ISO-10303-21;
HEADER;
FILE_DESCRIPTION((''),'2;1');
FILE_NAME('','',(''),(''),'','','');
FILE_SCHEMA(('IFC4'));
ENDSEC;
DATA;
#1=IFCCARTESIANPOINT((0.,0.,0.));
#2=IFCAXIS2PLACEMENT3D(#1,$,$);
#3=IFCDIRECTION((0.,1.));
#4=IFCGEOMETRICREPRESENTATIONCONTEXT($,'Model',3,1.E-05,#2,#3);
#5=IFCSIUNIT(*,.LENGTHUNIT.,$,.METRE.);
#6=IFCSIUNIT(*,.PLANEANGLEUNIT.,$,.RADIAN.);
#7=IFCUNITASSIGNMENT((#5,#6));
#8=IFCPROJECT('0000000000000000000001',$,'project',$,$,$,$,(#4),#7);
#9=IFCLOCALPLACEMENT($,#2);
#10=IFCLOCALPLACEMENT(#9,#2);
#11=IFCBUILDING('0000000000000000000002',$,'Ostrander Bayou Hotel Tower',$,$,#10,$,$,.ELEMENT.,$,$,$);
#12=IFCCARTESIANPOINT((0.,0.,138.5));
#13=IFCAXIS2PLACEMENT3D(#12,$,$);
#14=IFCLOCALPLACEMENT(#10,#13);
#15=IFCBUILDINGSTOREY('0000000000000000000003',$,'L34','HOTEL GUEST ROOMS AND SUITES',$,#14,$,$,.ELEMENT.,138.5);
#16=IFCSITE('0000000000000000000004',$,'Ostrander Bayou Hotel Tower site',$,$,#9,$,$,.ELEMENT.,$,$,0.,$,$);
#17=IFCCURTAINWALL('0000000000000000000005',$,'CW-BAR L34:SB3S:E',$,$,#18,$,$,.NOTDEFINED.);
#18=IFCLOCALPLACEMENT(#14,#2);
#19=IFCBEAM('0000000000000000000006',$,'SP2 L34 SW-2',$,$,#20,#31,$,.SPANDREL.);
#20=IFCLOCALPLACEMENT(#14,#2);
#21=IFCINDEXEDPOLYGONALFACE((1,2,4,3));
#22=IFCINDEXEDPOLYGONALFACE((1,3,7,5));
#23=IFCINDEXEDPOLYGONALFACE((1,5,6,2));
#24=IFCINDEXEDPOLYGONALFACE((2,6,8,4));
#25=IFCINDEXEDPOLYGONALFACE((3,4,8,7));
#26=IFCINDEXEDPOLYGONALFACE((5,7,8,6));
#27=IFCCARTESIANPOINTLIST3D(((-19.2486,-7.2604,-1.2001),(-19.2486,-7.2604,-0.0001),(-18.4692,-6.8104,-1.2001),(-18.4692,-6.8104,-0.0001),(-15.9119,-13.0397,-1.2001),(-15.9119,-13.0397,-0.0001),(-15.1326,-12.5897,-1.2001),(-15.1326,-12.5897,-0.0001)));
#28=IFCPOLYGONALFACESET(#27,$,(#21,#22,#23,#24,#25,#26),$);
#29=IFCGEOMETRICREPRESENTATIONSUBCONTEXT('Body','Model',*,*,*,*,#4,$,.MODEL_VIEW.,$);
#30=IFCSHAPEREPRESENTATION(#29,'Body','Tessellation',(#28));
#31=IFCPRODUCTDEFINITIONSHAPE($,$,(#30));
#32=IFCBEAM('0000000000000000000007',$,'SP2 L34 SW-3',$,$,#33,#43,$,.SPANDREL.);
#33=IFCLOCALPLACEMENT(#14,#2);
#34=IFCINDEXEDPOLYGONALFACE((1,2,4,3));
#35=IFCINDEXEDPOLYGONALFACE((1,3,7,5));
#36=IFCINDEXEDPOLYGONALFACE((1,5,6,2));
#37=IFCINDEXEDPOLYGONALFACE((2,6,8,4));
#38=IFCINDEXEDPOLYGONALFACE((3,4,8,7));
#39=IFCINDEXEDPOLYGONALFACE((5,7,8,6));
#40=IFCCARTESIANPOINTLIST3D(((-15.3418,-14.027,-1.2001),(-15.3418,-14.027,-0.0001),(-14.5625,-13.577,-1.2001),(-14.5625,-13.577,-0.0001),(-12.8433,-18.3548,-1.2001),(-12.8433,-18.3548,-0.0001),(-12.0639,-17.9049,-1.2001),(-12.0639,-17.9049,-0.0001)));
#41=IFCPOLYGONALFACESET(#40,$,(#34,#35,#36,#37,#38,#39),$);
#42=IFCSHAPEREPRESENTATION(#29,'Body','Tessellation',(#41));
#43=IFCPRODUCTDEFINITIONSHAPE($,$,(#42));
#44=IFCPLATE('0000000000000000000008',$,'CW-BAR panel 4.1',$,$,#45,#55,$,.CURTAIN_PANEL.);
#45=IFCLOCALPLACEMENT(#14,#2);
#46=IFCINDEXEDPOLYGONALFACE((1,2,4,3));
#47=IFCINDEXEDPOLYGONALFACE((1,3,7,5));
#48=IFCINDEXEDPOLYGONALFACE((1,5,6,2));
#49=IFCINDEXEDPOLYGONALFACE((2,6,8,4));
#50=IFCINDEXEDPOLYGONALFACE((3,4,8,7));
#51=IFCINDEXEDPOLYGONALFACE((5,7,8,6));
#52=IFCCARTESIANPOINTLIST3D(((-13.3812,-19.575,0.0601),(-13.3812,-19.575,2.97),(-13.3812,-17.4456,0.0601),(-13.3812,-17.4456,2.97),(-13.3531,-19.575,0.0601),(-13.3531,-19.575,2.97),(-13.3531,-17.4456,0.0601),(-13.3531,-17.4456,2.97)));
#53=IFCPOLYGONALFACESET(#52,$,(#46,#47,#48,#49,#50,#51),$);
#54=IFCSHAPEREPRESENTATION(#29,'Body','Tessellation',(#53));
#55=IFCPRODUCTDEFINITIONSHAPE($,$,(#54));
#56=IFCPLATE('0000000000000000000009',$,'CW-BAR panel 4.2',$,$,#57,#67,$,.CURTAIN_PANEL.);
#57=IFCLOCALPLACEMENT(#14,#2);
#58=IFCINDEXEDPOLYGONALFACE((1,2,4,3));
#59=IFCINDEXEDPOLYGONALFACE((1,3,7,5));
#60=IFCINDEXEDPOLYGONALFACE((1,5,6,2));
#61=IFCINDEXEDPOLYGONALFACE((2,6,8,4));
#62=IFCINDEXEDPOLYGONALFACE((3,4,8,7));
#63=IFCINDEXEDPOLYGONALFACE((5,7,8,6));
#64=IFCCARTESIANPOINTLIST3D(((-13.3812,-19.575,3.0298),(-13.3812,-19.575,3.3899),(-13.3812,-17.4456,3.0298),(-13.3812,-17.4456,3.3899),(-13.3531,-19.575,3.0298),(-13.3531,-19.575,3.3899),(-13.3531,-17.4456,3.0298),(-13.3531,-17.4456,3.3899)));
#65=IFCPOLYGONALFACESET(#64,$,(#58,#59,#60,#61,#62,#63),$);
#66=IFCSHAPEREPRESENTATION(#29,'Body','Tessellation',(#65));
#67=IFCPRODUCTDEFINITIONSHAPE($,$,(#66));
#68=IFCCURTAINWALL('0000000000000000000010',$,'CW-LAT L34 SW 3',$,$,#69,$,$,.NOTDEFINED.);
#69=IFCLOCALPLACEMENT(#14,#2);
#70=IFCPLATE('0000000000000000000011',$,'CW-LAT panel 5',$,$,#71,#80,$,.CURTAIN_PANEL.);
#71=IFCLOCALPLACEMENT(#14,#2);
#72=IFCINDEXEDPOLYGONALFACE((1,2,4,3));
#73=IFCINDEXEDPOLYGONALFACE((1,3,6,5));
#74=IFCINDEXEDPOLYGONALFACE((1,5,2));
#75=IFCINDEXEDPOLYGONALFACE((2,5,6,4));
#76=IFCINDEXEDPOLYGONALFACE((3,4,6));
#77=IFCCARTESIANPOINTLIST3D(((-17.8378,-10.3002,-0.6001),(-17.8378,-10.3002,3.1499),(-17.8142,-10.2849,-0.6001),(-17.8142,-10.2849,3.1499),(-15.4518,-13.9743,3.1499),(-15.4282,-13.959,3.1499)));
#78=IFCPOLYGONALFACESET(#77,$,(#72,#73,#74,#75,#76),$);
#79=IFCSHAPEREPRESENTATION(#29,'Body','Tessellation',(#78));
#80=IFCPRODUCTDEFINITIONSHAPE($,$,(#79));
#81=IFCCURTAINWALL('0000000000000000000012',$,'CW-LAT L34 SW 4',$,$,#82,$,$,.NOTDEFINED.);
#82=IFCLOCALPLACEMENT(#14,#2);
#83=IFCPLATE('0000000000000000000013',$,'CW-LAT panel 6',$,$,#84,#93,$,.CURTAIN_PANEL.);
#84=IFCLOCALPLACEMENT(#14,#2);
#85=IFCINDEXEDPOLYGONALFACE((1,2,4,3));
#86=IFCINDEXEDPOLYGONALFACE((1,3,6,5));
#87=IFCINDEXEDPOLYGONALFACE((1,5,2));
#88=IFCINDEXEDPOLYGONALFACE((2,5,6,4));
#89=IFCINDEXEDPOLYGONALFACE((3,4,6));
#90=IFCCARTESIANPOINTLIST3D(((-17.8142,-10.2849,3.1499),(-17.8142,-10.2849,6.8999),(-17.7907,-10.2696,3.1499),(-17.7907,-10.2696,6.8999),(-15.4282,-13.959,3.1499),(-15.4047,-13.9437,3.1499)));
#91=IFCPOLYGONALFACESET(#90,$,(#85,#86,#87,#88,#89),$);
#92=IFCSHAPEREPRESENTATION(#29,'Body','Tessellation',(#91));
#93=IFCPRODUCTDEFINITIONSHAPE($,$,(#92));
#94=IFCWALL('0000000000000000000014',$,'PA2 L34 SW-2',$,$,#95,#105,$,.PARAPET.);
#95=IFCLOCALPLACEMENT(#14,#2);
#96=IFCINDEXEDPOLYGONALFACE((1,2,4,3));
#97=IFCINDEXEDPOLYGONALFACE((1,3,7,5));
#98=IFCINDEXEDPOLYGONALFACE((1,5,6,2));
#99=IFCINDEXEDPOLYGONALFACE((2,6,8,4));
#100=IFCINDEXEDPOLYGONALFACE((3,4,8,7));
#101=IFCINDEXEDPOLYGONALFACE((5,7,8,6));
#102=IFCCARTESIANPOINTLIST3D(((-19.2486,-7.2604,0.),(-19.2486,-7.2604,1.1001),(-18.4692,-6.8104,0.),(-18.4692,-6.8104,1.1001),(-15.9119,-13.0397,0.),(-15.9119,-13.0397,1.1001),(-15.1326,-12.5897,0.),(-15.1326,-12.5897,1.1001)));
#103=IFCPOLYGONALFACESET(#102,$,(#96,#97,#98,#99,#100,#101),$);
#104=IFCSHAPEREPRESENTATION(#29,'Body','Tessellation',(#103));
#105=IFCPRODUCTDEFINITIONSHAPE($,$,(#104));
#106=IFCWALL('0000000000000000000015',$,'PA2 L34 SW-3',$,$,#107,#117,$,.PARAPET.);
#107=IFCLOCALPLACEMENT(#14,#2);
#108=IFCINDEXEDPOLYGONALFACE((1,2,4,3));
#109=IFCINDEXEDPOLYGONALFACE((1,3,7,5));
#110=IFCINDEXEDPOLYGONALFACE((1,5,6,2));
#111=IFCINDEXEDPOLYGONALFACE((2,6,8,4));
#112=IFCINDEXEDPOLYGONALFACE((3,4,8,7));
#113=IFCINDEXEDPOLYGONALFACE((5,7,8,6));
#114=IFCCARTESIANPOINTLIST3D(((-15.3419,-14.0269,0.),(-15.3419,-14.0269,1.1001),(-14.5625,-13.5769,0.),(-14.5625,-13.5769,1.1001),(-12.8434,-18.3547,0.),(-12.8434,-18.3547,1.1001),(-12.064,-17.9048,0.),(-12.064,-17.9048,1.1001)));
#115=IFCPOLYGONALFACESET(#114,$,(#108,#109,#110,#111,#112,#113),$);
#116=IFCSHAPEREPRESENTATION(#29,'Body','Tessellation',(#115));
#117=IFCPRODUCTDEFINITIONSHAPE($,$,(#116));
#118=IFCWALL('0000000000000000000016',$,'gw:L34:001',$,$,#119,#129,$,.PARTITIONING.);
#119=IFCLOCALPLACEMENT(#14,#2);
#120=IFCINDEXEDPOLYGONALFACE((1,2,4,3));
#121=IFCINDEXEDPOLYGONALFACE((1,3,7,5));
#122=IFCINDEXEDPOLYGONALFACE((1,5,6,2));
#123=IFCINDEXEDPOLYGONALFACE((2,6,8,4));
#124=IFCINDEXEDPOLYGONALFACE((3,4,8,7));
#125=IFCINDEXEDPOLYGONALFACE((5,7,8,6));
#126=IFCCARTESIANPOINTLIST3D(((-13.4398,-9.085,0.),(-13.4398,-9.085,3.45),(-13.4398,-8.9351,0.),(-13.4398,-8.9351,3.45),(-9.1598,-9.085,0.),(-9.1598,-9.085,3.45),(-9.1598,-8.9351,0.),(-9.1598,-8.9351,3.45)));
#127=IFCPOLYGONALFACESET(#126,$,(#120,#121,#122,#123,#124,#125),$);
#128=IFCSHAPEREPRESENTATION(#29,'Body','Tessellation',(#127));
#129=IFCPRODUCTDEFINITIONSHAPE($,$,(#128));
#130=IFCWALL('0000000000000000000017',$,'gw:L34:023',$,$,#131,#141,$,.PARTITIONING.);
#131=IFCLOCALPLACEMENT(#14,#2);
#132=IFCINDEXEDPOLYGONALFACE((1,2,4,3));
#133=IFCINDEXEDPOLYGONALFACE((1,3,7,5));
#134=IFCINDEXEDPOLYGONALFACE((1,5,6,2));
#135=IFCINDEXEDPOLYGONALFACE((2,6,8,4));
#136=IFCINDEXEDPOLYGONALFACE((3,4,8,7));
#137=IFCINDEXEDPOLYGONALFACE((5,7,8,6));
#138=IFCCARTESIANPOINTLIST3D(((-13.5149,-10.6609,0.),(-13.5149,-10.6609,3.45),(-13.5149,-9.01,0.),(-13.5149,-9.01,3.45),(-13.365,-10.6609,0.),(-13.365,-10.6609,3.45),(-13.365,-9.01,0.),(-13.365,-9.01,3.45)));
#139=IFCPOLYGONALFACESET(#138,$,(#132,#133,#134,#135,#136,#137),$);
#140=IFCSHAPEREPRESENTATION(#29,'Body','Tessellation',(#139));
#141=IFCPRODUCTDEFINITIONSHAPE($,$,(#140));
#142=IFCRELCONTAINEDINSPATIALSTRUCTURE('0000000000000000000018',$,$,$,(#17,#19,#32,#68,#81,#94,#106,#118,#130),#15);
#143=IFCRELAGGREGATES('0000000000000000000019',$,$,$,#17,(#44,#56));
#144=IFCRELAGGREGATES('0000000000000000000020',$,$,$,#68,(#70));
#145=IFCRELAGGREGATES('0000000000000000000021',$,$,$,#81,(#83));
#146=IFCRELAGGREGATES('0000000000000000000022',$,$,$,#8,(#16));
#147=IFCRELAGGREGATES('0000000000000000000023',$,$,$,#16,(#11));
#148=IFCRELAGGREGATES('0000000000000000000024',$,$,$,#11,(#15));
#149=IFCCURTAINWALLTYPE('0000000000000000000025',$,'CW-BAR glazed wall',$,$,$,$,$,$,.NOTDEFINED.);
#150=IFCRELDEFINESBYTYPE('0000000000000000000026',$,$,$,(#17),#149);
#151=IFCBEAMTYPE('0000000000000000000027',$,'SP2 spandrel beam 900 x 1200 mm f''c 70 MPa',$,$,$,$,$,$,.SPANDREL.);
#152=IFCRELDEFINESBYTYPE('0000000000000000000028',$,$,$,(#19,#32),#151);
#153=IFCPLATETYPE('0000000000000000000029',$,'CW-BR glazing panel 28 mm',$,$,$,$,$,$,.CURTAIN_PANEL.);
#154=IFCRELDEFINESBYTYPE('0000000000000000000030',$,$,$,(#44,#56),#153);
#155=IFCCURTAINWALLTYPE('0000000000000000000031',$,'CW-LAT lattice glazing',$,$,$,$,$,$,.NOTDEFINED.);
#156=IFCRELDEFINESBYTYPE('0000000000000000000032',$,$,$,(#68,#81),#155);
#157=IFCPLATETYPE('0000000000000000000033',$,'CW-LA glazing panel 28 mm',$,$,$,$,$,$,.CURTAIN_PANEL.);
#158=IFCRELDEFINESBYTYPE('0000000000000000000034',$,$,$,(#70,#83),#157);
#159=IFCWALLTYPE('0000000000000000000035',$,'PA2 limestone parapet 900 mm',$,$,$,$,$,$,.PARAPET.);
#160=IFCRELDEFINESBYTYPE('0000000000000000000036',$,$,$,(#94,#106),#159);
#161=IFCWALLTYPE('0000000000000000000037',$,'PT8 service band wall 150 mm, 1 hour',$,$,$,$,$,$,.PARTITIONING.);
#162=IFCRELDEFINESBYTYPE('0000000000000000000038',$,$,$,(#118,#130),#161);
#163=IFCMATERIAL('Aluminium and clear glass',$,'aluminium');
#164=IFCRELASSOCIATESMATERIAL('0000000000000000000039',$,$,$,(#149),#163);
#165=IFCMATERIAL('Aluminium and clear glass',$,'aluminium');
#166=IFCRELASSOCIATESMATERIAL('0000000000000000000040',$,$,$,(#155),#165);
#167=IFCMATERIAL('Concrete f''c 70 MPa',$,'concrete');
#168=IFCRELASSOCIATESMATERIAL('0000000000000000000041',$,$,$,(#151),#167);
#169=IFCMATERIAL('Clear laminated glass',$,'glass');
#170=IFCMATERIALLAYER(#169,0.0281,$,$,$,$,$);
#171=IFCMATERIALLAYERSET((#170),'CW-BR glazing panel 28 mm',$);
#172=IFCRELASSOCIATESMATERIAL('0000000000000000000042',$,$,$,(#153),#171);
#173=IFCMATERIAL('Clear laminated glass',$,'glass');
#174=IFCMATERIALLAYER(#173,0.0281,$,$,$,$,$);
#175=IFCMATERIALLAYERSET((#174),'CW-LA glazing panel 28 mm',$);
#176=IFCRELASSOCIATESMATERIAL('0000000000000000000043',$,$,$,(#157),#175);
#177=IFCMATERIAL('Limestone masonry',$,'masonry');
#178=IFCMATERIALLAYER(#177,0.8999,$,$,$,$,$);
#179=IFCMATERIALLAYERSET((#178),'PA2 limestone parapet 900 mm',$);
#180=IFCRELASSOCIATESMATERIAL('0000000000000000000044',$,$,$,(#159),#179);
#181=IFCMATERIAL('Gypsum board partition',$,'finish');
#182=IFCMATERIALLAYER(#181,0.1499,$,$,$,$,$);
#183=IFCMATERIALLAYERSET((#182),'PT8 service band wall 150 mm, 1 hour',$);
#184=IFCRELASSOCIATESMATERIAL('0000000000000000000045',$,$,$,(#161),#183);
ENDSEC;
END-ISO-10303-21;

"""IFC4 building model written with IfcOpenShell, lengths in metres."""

from ifc_helpers import new_model, si_unit, direction, frame, frame_2d, origin, origin_2d, place, context, subcontext, project, spatial, polyline, rectangle, outline, extrude, material, layer, layer_set, material_profile, profile_set, type_object, element, aggregate, save


model = new_model("IFC4")

# Units and contexts
model_context = context("Model", 3, precision=1e-05, world=origin(), true_north=direction((0.0, 1.0)))
body_context = subcontext(model_context, "Body", "Model", "MODEL_VIEW")
ifc_project = project(units=[si_unit("LENGTHUNIT", "METRE"), si_unit("PLANEANGLEUNIT", "RADIAN")], contexts=[model_context])

# Site, building, storey
site_placement = place(None, origin())
site = spatial("IfcSite", under=ifc_project, at=site_placement, Name="Ostrander Bayou Hotel Tower site", CompositionType="ELEMENT", RefElevation=0.0)
building_placement = place(site_placement, origin())
building = spatial("IfcBuilding", under=site, at=building_placement, Name="Ostrander Bayou Hotel Tower", CompositionType="ELEMENT")
storey_placement = place(building_placement, frame((0.0, 0.0, 138.5)))
storey = spatial("IfcBuildingStorey", under=building, at=storey_placement, Name="L34", Description="HOTEL GUEST ROOMS AND SUITES", CompositionType="ELEMENT", Elevation=138.5)

# Curtain wall
ifc_material_1 = material(Name="Aluminium and clear glass", Category="aluminium")
curtain_wall_type_1 = type_object("IfcCurtainWallType", Name="CW-BAR glazed wall", PredefinedType="NOTDEFINED", material=ifc_material_1)
curtain_wall_1_placement = place(storey_placement, origin())
curtain_wall_1 = element("IfcCurtainWall", 1, at=curtain_wall_1_placement, inside=storey, type_object=curtain_wall_type_1, Name="CW-BAR L34:SB3S:E", PredefinedType="NOTDEFINED")
ifc_material_2 = material(Name="Aluminium and clear glass", Category="aluminium")
curtain_wall_type_2 = type_object("IfcCurtainWallType", Name="CW-LAT lattice glazing", PredefinedType="NOTDEFINED", material=ifc_material_2)

# Beams
ifc_material_3 = material(Name="Concrete f'c 70 MPa", Category="concrete")
ifc_material_profile_1 = material_profile(ifc_material_3, rectangle(XDim=0.8999, YDim=1.2, at=origin_2d()))
ifc_profile_set_1 = profile_set([ifc_material_profile_1], Name="Concrete f'c 70 MPa")
beam_type_1 = type_object("IfcBeamType", Name="SP2 spandrel beam 900 x 1200 mm f'c 70 MPa", PredefinedType="SPANDREL", material=ifc_profile_set_1)
beam_1_placement = place(storey_placement, frame((-18.8589, -7.0354, -0.6001), z_axis=(0.499999, -0.866026, 0.0), x_axis=(0.866026, 0.499999, 0.0)))
element("IfcBeam", 2, at=beam_1_placement, inside=storey, type_object=beam_type_1, Name="SP2 L34 SW-2", PredefinedType="SPANDREL", context=body_context, shape_type="SweptSolid", body=[
    extrude(rectangle(XDim=0.8999, YDim=1.2, at=origin_2d()), origin(), (0.0, 0.0, 1.0), 6.6733),
])
beam_2_placement = place(storey_placement, frame((-14.9521, -13.802, -0.6001), z_axis=(0.499975, -0.86604, 0.0), x_axis=(0.86604, 0.499975, 0.0)))
element("IfcBeam", 3, at=beam_2_placement, inside=storey, type_object=beam_type_1, Name="SP2 L34 SW-3", PredefinedType="SPANDREL", context=body_context, shape_type="SweptSolid", body=[
    extrude(rectangle(XDim=0.8999, YDim=1.2, at=origin_2d()), origin(), (0.0, 0.0, 1.0), 4.9973),
])

# Plates
ifc_material_4 = material(Name="Clear laminated glass", Category="glass")
ifc_layer_1 = layer(ifc_material_4, 0.0281)
ifc_layer_set_1 = layer_set([ifc_layer_1], Name="CW-BR glazing panel 28 mm")
plate_type_1 = type_object("IfcPlateType", Name="CW-BR glazing panel 28 mm", PredefinedType="CURTAIN_PANEL", material=ifc_layer_set_1)
plate_1_placement = place(storey_placement, frame((-13.3672, -18.5103, 0.0601), z_axis=(0.0, 0.0, 1.0), x_axis=(0.0, -1.0, 0.0)))
plate_1 = element("IfcPlate", 4, at=plate_1_placement, type_object=plate_type_1, Name="CW-BAR panel 4.1", PredefinedType="CURTAIN_PANEL", context=body_context, shape_type="SweptSolid", body=[
    extrude(rectangle(XDim=2.1294, YDim=0.0281, at=origin_2d()), origin(), (0.0, 0.0, 1.0), 2.9099),
])
plate_2_placement = place(storey_placement, frame((-13.3672, -18.5103, 3.0298), z_axis=(0.0, 0.0, 1.0), x_axis=(0.0, -1.0, 0.0)))
plate_2 = element("IfcPlate", 5, at=plate_2_placement, type_object=plate_type_1, Name="CW-BAR panel 4.2", PredefinedType="CURTAIN_PANEL", context=body_context, shape_type="SweptSolid", body=[
    extrude(rectangle(XDim=2.1294, YDim=0.0281, at=origin_2d()), origin(), (0.0, 0.0, 1.0), 0.3601),
])
aggregate(curtain_wall_1, [plate_1, plate_2])

# Curtain walls, plates
curtain_wall_2_placement = place(storey_placement, origin())
curtain_wall_2 = element("IfcCurtainWall", 6, at=curtain_wall_2_placement, inside=storey, type_object=curtain_wall_type_2, Name="CW-LAT L34 SW 3", PredefinedType="NOTDEFINED")
ifc_material_5 = material(Name="Clear laminated glass", Category="glass")
ifc_layer_2 = layer(ifc_material_5, 0.0281)
ifc_layer_set_2 = layer_set([ifc_layer_2], Name="CW-LA glazing panel 28 mm")
plate_type_2 = type_object("IfcPlateType", Name="CW-LA glazing panel 28 mm", PredefinedType="CURTAIN_PANEL", material=ifc_layer_set_2)
plate_3_placement = place(storey_placement, frame((-15.4282, -13.959, 3.1499), z_axis=(0.838669, 0.544642, 0.0), x_axis=(-0.413756, 0.637124, -0.650291)))
plate_3 = element("IfcPlate", 7, at=plate_3_placement, type_object=plate_type_2, Name="CW-LAT panel 5", PredefinedType="CURTAIN_PANEL", context=body_context, shape_type="SweptSolid", body=[
    extrude(outline(polyline([(0.0, 0.0), (5.7666, 0.0), (3.3281, 2.8488), (0.0, 0.0)])), origin(), (0.0, 0.0, -1.0), 0.0281),
])
aggregate(curtain_wall_2, [plate_3])
curtain_wall_3_placement = place(storey_placement, origin())
curtain_wall_3 = element("IfcCurtainWall", 8, at=curtain_wall_3_placement, inside=storey, type_object=curtain_wall_type_2, Name="CW-LAT L34 SW 4", PredefinedType="NOTDEFINED")
plate_4_placement = place(storey_placement, frame((-15.4282, -13.959, 3.1499), z_axis=(-0.838669, -0.544642, 0.0), x_axis=(-0.413756, 0.637124, 0.650291)))
plate_4 = element("IfcPlate", 9, at=plate_4_placement, type_object=plate_type_2, Name="CW-LAT panel 6", PredefinedType="CURTAIN_PANEL", context=body_context, shape_type="SweptSolid", body=[
    extrude(outline(polyline([(0.0, 0.0), (5.7666, 0.0), (3.3281, 2.8488), (0.0, 0.0)])), origin(), (0.0, 0.0, -1.0), 0.0281),
])
aggregate(curtain_wall_3, [plate_4])

# Walls
ifc_material_6 = material(Name="Limestone masonry", Category="masonry")
ifc_layer_3 = layer(ifc_material_6, 0.8999)
ifc_layer_set_3 = layer_set([ifc_layer_3], Name="PA2 limestone parapet 900 mm")
wall_type_1 = type_object("IfcWallType", Name="PA2 limestone parapet 900 mm", PredefinedType="PARAPET", material=ifc_layer_set_3)
wall_1_placement = place(storey_placement, frame((-18.8589, -7.0354, 0.0), z_axis=(0.0, 0.0, 1.0), x_axis=(0.499999, -0.866026, 0.0)))
element("IfcWall", 10, at=wall_1_placement, inside=storey, type_object=wall_type_1, Name="PA2 L34 SW-2", PredefinedType="PARAPET", context=body_context, shape_type="SweptSolid", body=[
    extrude(rectangle(XDim=6.6733, YDim=0.8999, at=frame_2d((3.3367, 0.0))), origin(), (0.0, 0.0, 1.0), 1.1001),
])
wall_2_placement = place(storey_placement, frame((-14.9521, -13.802, 0.0), z_axis=(0.0, 0.0, 1.0), x_axis=(0.499975, -0.86604, 0.0)))
element("IfcWall", 11, at=wall_2_placement, inside=storey, type_object=wall_type_1, Name="PA2 L34 SW-3", PredefinedType="PARAPET", context=body_context, shape_type="SweptSolid", body=[
    extrude(rectangle(XDim=4.9973, YDim=0.8999, at=frame_2d((2.4985, 0.0))), origin(), (0.0, 0.0, 1.0), 1.1001),
])
ifc_material_7 = material(Name="Gypsum board partition", Category="finish")
ifc_layer_4 = layer(ifc_material_7, 0.1499)
ifc_layer_set_4 = layer_set([ifc_layer_4], Name="PT8 service band wall 150 mm, 1 hour")
wall_type_2 = type_object("IfcWallType", Name="PT8 service band wall 150 mm, 1 hour", PredefinedType="PARTITIONING", material=ifc_layer_set_4)
wall_3_placement = place(storey_placement, frame((-13.4399, -9.01, 0.0), z_axis=(0.0, 0.0, 1.0), x_axis=(1.0, 0.0, 0.0)))
element("IfcWall", 12, at=wall_3_placement, inside=storey, type_object=wall_type_2, Name="gw:L34:001", PredefinedType="PARTITIONING", context=body_context, shape_type="SweptSolid", body=[
    extrude(rectangle(XDim=4.28, YDim=0.1499, at=frame_2d((2.1401, 0.0))), origin(), (0.0, 0.0, 1.0), 3.45),
])
wall_4_placement = place(storey_placement, frame((-13.4399, -10.6609, 0.0), z_axis=(0.0, 0.0, 1.0), x_axis=(0.0, 1.0, 0.0)))
element("IfcWall", 13, at=wall_4_placement, inside=storey, type_object=wall_type_2, Name="gw:L34:023", PredefinedType="PARTITIONING", context=body_context, shape_type="SweptSolid", body=[
    extrude(rectangle(XDim=1.6509, YDim=0.1499, at=frame_2d((0.8254, 0.0))), origin(), (0.0, 0.0, 1.0), 3.45),
])

save(model, "model.ifc")
